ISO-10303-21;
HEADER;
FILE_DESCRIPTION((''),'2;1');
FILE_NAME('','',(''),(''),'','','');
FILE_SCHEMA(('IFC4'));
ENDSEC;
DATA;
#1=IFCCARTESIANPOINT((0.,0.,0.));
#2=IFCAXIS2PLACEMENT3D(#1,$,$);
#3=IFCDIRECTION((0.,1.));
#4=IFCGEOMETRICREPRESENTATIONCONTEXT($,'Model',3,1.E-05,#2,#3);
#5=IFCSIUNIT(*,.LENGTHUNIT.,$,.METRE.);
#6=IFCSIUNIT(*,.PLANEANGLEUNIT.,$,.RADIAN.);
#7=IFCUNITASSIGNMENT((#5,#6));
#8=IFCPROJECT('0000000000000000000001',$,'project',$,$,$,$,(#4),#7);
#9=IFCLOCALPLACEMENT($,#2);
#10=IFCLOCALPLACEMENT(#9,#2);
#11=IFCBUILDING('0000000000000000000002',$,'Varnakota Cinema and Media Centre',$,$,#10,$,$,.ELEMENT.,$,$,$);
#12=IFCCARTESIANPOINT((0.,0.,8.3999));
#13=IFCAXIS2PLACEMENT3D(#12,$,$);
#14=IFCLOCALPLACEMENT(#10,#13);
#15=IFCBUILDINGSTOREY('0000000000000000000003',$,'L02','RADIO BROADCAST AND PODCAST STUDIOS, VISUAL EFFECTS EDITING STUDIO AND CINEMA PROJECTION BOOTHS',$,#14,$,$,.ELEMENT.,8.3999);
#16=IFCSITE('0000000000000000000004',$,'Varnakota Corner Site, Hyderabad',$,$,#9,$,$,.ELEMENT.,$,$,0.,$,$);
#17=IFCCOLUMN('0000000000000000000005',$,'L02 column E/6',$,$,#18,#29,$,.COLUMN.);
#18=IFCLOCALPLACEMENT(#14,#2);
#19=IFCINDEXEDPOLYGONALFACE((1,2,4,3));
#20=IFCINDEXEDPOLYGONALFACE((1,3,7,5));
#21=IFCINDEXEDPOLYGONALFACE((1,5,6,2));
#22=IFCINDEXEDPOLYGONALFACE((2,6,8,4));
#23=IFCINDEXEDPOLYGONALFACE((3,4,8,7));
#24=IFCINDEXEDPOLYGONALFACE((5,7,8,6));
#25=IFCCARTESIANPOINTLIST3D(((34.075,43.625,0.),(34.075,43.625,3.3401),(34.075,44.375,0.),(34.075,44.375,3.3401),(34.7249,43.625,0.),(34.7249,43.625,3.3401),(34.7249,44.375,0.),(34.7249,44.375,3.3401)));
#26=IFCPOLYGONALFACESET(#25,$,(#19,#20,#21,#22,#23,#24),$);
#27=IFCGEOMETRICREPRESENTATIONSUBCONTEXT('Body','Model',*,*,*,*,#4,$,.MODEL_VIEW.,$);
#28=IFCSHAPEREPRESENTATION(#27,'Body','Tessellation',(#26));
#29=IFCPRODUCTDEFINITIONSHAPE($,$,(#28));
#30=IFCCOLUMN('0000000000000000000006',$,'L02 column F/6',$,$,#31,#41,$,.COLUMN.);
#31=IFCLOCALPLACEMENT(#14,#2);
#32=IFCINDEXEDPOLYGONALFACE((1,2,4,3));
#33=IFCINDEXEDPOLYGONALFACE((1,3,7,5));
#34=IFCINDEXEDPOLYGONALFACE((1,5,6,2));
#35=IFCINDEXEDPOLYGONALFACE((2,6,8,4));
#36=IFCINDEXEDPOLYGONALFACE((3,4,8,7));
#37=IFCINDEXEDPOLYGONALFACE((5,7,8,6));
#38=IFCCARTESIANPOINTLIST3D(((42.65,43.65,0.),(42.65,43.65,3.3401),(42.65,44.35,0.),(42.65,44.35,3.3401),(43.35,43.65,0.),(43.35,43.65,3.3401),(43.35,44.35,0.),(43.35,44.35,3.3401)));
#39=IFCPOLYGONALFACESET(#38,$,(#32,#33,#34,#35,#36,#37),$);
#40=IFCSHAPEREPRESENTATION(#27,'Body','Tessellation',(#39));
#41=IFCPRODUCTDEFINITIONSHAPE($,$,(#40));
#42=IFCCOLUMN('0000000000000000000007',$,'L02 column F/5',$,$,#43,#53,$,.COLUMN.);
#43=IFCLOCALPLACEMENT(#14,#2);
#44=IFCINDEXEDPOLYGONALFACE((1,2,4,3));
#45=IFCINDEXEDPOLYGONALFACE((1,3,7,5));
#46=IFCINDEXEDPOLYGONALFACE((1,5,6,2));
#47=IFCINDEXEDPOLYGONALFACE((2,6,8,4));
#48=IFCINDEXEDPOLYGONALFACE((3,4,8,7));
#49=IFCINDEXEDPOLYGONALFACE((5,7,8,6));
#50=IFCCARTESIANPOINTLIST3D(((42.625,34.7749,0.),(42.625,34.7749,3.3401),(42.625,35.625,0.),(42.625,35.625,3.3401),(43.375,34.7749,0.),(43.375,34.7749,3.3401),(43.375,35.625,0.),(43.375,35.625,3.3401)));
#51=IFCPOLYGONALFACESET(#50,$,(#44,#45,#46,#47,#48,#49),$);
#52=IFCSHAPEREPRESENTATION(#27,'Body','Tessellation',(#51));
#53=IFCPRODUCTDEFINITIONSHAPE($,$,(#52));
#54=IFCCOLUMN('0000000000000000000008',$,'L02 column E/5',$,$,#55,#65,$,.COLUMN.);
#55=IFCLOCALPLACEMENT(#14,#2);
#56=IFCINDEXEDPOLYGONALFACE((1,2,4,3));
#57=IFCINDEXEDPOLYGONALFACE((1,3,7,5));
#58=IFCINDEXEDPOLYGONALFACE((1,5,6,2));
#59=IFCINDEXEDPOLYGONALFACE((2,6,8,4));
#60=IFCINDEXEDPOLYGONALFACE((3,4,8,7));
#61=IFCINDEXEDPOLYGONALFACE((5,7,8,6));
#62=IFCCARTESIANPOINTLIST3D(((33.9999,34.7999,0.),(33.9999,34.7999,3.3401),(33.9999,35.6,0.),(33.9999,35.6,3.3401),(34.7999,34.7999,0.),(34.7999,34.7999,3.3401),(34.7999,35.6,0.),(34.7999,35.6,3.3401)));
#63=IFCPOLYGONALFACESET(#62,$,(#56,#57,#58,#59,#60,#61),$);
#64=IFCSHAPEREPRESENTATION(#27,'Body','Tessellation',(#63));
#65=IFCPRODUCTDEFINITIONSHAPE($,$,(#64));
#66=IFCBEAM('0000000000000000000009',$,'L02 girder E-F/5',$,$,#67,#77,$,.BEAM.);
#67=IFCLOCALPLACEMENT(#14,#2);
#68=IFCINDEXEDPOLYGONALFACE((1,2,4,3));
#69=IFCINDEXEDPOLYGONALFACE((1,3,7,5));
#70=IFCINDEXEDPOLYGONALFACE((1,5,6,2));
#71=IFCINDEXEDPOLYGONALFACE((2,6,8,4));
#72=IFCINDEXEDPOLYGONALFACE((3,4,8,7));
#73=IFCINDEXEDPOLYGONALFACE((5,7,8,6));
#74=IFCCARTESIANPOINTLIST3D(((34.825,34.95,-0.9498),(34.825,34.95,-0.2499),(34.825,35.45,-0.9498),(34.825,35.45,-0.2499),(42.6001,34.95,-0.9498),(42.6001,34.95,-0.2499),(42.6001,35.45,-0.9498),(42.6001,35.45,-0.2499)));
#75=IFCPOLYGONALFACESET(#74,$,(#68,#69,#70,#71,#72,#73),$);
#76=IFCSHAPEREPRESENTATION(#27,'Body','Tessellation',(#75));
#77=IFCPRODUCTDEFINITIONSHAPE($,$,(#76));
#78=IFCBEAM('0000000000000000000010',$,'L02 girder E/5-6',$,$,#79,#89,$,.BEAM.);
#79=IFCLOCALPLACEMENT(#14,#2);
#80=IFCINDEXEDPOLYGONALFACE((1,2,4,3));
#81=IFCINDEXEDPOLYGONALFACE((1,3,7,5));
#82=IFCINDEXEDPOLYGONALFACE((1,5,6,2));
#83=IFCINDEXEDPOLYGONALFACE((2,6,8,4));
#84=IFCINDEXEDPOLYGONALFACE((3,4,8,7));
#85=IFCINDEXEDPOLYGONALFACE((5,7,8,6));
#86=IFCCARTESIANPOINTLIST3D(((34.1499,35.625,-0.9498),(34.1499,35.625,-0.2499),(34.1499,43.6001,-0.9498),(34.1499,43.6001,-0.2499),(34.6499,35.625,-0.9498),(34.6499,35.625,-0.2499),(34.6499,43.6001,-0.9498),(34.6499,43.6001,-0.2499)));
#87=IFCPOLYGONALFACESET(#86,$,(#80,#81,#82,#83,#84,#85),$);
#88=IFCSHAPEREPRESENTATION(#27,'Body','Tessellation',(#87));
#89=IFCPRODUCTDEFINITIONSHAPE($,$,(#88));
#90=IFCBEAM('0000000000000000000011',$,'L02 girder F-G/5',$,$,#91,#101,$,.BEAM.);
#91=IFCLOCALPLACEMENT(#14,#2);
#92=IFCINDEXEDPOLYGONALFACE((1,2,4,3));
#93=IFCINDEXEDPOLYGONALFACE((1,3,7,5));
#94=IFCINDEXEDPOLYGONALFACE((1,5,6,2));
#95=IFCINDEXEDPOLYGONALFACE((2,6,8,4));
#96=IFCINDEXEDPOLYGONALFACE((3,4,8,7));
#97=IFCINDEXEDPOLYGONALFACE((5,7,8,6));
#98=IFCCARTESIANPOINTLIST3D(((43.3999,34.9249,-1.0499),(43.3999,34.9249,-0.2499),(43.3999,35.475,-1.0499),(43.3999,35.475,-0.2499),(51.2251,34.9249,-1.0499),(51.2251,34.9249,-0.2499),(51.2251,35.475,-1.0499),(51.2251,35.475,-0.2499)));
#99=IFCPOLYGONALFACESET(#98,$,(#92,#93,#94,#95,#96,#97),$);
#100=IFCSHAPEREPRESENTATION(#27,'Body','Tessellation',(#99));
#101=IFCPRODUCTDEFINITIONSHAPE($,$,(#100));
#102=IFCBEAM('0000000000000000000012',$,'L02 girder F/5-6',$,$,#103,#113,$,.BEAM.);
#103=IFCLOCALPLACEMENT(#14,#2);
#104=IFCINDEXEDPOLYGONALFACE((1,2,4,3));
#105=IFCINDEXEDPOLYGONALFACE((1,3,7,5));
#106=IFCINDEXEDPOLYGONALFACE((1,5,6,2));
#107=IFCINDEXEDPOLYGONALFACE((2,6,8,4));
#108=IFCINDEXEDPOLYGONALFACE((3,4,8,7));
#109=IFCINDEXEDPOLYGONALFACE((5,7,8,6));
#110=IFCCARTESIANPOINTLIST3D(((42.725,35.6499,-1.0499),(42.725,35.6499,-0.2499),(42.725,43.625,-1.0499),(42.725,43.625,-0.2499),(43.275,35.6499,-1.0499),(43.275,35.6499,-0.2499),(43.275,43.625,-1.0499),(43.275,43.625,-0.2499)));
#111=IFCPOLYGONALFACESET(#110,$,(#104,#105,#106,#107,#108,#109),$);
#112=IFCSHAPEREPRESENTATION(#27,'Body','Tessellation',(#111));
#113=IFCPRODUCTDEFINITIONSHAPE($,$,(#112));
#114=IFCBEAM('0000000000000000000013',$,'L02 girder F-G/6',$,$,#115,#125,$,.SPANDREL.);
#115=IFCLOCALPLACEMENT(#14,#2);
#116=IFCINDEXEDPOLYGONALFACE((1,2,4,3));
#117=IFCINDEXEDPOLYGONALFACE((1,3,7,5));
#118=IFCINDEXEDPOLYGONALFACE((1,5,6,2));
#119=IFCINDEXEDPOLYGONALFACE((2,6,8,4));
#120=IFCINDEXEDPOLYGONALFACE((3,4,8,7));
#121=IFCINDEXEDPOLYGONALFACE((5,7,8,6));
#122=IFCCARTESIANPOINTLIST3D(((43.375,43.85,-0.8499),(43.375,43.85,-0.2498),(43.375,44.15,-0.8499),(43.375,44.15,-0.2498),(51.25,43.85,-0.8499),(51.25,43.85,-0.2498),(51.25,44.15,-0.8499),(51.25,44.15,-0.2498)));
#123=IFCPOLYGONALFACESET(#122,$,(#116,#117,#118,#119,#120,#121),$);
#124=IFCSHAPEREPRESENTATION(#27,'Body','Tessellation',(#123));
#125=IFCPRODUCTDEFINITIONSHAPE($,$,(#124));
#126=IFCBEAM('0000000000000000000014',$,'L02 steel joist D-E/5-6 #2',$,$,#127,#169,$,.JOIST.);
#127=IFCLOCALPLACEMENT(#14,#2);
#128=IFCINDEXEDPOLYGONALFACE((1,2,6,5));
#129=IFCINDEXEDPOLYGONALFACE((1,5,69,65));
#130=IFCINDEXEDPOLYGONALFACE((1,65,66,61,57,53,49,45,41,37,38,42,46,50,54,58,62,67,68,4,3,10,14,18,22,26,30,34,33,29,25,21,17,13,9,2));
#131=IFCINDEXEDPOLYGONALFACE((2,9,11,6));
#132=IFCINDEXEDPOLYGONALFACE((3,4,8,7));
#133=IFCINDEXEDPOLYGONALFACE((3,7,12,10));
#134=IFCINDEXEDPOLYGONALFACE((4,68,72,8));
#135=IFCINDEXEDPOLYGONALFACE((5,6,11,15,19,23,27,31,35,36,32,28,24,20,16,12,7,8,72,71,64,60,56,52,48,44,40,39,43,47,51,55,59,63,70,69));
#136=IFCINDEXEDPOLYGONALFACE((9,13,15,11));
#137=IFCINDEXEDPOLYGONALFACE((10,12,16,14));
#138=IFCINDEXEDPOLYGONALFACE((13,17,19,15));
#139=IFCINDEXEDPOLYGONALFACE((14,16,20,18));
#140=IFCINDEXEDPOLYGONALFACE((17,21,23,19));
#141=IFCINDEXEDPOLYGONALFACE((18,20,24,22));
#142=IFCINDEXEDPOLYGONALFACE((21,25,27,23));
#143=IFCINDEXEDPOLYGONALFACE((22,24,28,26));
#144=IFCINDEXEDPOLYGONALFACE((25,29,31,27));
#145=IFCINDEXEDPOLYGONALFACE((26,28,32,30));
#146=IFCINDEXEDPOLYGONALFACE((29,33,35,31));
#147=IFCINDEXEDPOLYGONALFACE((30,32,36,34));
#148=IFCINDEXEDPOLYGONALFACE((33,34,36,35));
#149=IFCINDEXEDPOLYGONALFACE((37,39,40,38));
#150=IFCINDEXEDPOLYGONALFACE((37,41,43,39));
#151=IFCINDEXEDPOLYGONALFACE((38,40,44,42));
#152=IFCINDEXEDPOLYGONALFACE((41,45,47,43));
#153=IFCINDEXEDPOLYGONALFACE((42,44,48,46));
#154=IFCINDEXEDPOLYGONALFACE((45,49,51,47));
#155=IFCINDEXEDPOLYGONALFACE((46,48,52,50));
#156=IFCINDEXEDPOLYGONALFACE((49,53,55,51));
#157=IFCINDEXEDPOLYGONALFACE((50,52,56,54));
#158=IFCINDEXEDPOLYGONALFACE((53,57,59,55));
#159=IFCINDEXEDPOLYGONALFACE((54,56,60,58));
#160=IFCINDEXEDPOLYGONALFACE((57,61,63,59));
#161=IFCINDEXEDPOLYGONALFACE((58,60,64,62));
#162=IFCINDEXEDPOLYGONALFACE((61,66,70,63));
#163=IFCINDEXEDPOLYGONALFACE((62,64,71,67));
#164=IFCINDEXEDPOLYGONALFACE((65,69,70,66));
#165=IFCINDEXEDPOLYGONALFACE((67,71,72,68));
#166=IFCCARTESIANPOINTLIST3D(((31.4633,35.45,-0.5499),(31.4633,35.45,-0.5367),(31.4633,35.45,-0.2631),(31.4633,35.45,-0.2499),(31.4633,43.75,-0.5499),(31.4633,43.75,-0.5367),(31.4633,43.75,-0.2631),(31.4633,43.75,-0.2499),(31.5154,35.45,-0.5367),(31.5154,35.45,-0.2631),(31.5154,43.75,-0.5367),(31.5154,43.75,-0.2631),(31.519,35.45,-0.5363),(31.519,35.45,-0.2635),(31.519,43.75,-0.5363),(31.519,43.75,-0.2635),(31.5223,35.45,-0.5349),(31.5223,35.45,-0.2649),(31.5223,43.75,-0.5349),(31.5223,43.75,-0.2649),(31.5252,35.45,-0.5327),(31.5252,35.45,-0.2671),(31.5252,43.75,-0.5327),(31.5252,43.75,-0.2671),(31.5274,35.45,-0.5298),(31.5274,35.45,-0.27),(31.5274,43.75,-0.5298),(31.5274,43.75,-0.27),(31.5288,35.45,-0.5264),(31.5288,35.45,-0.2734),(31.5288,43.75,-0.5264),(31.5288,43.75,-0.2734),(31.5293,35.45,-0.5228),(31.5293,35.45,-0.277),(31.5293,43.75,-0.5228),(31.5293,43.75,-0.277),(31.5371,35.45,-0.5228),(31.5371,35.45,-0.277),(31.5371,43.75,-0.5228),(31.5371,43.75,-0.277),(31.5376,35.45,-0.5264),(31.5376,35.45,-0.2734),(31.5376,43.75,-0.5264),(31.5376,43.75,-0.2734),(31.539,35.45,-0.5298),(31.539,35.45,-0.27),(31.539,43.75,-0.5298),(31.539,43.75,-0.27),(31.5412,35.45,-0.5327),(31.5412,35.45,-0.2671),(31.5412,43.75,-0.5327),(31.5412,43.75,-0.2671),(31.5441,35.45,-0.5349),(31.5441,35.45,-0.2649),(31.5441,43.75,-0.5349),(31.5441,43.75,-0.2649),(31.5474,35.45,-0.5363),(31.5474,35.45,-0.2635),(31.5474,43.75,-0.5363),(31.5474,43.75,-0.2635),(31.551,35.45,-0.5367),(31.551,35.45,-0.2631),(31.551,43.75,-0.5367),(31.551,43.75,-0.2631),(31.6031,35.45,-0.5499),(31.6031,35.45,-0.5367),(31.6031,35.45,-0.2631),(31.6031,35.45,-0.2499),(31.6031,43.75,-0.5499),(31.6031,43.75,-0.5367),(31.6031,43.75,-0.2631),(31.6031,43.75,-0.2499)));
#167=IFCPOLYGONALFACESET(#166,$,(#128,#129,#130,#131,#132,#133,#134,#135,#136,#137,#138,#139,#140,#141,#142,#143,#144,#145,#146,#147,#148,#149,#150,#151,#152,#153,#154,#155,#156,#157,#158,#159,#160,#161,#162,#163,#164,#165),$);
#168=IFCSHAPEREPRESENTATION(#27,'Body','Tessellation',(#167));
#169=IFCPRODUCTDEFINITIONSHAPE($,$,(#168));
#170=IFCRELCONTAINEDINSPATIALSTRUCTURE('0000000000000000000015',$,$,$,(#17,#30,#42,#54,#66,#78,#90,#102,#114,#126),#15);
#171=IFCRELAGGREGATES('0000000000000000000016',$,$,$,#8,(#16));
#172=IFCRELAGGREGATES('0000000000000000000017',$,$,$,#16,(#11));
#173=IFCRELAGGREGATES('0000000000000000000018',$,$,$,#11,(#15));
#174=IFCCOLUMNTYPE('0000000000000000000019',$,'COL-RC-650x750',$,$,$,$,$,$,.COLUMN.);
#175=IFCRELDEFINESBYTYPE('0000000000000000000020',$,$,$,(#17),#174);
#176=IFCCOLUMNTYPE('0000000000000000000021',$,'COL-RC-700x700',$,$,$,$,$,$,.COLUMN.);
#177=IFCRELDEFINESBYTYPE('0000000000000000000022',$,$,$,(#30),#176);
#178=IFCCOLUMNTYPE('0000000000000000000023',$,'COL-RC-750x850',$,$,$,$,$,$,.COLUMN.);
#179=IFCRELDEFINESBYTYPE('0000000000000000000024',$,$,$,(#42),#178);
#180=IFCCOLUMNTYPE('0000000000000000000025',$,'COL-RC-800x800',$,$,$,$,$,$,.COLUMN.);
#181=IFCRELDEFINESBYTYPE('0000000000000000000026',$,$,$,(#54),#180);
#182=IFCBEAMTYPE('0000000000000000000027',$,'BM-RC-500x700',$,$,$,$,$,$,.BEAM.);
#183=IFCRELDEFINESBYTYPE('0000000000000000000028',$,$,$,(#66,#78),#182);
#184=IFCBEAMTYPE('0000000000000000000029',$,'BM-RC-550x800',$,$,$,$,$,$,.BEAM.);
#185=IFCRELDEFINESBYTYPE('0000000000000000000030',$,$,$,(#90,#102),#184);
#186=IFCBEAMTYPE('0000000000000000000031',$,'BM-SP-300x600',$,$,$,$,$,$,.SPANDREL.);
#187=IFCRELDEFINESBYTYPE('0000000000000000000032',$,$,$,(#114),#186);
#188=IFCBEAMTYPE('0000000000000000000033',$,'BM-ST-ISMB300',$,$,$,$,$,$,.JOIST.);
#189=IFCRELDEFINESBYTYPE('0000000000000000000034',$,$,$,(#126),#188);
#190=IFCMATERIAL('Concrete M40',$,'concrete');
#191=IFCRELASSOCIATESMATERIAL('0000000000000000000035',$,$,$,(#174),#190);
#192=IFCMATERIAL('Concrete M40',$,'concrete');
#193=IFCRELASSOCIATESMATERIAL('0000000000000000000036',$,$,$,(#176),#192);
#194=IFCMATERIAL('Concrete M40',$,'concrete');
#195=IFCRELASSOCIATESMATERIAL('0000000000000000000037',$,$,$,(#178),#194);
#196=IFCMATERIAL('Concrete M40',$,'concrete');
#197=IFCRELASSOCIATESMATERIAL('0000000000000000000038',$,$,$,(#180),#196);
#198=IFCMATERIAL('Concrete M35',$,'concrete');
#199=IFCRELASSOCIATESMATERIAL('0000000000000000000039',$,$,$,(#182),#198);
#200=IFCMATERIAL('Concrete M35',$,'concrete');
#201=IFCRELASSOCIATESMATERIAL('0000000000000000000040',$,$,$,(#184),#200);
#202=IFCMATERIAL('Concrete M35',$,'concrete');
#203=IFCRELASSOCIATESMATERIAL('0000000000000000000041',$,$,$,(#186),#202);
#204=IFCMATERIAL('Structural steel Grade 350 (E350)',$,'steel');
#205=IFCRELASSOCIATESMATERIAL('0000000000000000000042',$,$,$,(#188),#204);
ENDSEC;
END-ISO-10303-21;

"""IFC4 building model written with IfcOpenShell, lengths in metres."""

from ifc_helpers import new_model, si_unit, direction, frame, origin, origin_2d, place, context, subcontext, project, spatial, rectangle, i_section, extrude, material, material_profile, profile_set, type_object, element, save


model = new_model("IFC4")

# Units and contexts
model_context = context("Model", 3, precision=1e-05, world=origin(), true_north=direction((0.0, 1.0)))
body_context = subcontext(model_context, "Body", "Model", "MODEL_VIEW")
ifc_project = project(units=[si_unit("LENGTHUNIT", "METRE"), si_unit("PLANEANGLEUNIT", "RADIAN")], contexts=[model_context])

# Site, building, storey
site_placement = place(None, origin())
site = spatial("IfcSite", under=ifc_project, at=site_placement, Name="Varnakota Corner Site, Hyderabad", CompositionType="ELEMENT", RefElevation=0.0)
building_placement = place(site_placement, origin())
building = spatial("IfcBuilding", under=site, at=building_placement, Name="Varnakota Cinema and Media Centre", CompositionType="ELEMENT")
storey_placement = place(building_placement, frame((0.0, 0.0, 8.3999)))
storey = spatial("IfcBuildingStorey", under=building, at=storey_placement, Name="L02", Description="RADIO BROADCAST AND PODCAST STUDIOS, VISUAL EFFECTS EDITING STUDIO AND CINEMA PROJECTION BOOTHS", CompositionType="ELEMENT", Elevation=8.3999)

# Columns
ifc_material_1 = material(Name="Concrete M40", Category="concrete")
ifc_material_profile_1 = material_profile(ifc_material_1, rectangle(XDim=0.6499, YDim=0.75, at=origin_2d()), Name="RC 650x750")
ifc_profile_set_1 = profile_set([ifc_material_profile_1], Name="Concrete M40")
column_type_1 = type_object("IfcColumnType", Name="COL-RC-650x750", PredefinedType="COLUMN", material=ifc_profile_set_1)
column_1_placement = place(storey_placement, frame((34.3999, 44.0, 0.0), z_axis=(0.0, 0.0, 1.0), x_axis=(1.0, 0.0, 0.0)))
element("IfcColumn", 1, at=column_1_placement, inside=storey, type_object=column_type_1, Name="L02 column E/6", PredefinedType="COLUMN", context=body_context, shape_type="SweptSolid", body=[
    extrude(rectangle(XDim=0.6499, YDim=0.75, at=origin_2d()), origin(), (0.0, 0.0, 1.0), 3.3401),
])
ifc_material_2 = material(Name="Concrete M40", Category="concrete")
ifc_material_profile_2 = material_profile(ifc_material_2, rectangle(XDim=0.7, YDim=0.7, at=origin_2d()), Name="RC 700x700")
ifc_profile_set_2 = profile_set([ifc_material_profile_2], Name="Concrete M40")
column_type_2 = type_object("IfcColumnType", Name="COL-RC-700x700", PredefinedType="COLUMN", material=ifc_profile_set_2)
column_2_placement = place(storey_placement, frame((43.0, 44.0, 0.0), z_axis=(0.0, 0.0, 1.0), x_axis=(1.0, 0.0, 0.0)))
element("IfcColumn", 2, at=column_2_placement, inside=storey, type_object=column_type_2, Name="L02 column F/6", PredefinedType="COLUMN", context=body_context, shape_type="SweptSolid", body=[
    extrude(rectangle(XDim=0.7, YDim=0.7, at=origin_2d()), origin(), (0.0, 0.0, 1.0), 3.3401),
])
ifc_material_3 = material(Name="Concrete M40", Category="concrete")
ifc_material_profile_3 = material_profile(ifc_material_3, rectangle(XDim=0.75, YDim=0.8501, at=origin_2d()), Name="RC 750x850")
ifc_profile_set_3 = profile_set([ifc_material_profile_3], Name="Concrete M40")
column_type_3 = type_object("IfcColumnType", Name="COL-RC-750x850", PredefinedType="COLUMN", material=ifc_profile_set_3)
column_3_placement = place(storey_placement, frame((43.0, 35.2, 0.0), z_axis=(0.0, 0.0, 1.0), x_axis=(1.0, 0.0, 0.0)))
element("IfcColumn", 3, at=column_3_placement, inside=storey, type_object=column_type_3, Name="L02 column F/5", PredefinedType="COLUMN", context=body_context, shape_type="SweptSolid", body=[
    extrude(rectangle(XDim=0.75, YDim=0.8501, at=origin_2d()), origin(), (0.0, 0.0, 1.0), 3.3401),
])
ifc_material_4 = material(Name="Concrete M40", Category="concrete")
ifc_material_profile_4 = material_profile(ifc_material_4, rectangle(XDim=0.8, YDim=0.8, at=origin_2d()), Name="RC 800x800")
ifc_profile_set_4 = profile_set([ifc_material_profile_4], Name="Concrete M40")
column_type_4 = type_object("IfcColumnType", Name="COL-RC-800x800", PredefinedType="COLUMN", material=ifc_profile_set_4)
column_4_placement = place(storey_placement, frame((34.3999, 35.2, 0.0), z_axis=(0.0, 0.0, 1.0), x_axis=(1.0, 0.0, 0.0)))
element("IfcColumn", 4, at=column_4_placement, inside=storey, type_object=column_type_4, Name="L02 column E/5", PredefinedType="COLUMN", context=body_context, shape_type="SweptSolid", body=[
    extrude(rectangle(XDim=0.8, YDim=0.8, at=origin_2d()), origin(), (0.0, 0.0, 1.0), 3.3401),
])

# Beams
ifc_material_5 = material(Name="Concrete M35", Category="concrete")
ifc_material_profile_5 = material_profile(ifc_material_5, rectangle(XDim=0.5, YDim=0.7, at=origin_2d()), Name="RCB 500x700")
ifc_profile_set_5 = profile_set([ifc_material_profile_5], Name="Concrete M35")
beam_type_1 = type_object("IfcBeamType", Name="BM-RC-500x700", PredefinedType="BEAM", material=ifc_profile_set_5)
beam_1_placement = place(storey_placement, frame((34.825, 35.2, -0.5999), z_axis=(1.0, 0.0, 0.0), x_axis=(0.0, 1.0, 0.0)))
element("IfcBeam", 5, at=beam_1_placement, inside=storey, type_object=beam_type_1, Name="L02 girder E-F/5", PredefinedType="BEAM", context=body_context, shape_type="SweptSolid", body=[
    extrude(rectangle(XDim=0.5, YDim=0.7, at=origin_2d()), origin(), (0.0, 0.0, 1.0), 7.7751),
])
beam_2_placement = place(storey_placement, frame((34.3999, 35.625, -0.5999), z_axis=(0.0, 1.0, 0.0), x_axis=(-1.0, 0.0, 0.0)))
element("IfcBeam", 6, at=beam_2_placement, inside=storey, type_object=beam_type_1, Name="L02 girder E/5-6", PredefinedType="BEAM", context=body_context, shape_type="SweptSolid", body=[
    extrude(rectangle(XDim=0.5, YDim=0.7, at=origin_2d()), origin(), (0.0, 0.0, 1.0), 7.9751),
])
ifc_material_6 = material(Name="Concrete M35", Category="concrete")
ifc_material_profile_6 = material_profile(ifc_material_6, rectangle(XDim=0.55, YDim=0.8, at=origin_2d()), Name="RCB 550x800")
ifc_profile_set_6 = profile_set([ifc_material_profile_6], Name="Concrete M35")
beam_type_2 = type_object("IfcBeamType", Name="BM-RC-550x800", PredefinedType="BEAM", material=ifc_profile_set_6)
beam_3_placement = place(storey_placement, frame((43.3999, 35.2, -0.6499), z_axis=(1.0, 0.0, 0.0), x_axis=(0.0, 1.0, 0.0)))
element("IfcBeam", 7, at=beam_3_placement, inside=storey, type_object=beam_type_2, Name="L02 girder F-G/5", PredefinedType="BEAM", context=body_context, shape_type="SweptSolid", body=[
    extrude(rectangle(XDim=0.55, YDim=0.8, at=origin_2d()), origin(), (0.0, 0.0, 1.0), 7.8252),
])
beam_4_placement = place(storey_placement, frame((43.0, 35.6499, -0.6499), z_axis=(0.0, 1.0, 0.0), x_axis=(-1.0, 0.0, 0.0)))
element("IfcBeam", 8, at=beam_4_placement, inside=storey, type_object=beam_type_2, Name="L02 girder F/5-6", PredefinedType="BEAM", context=body_context, shape_type="SweptSolid", body=[
    extrude(rectangle(XDim=0.55, YDim=0.8, at=origin_2d()), origin(), (0.0, 0.0, 1.0), 7.9751),
])
ifc_material_7 = material(Name="Concrete M35", Category="concrete")
ifc_material_profile_7 = material_profile(ifc_material_7, rectangle(XDim=0.3, YDim=0.6001, at=origin_2d()), Name="RCB 300x600")
ifc_profile_set_7 = profile_set([ifc_material_profile_7], Name="Concrete M35")
beam_type_3 = type_object("IfcBeamType", Name="BM-SP-300x600", PredefinedType="SPANDREL", material=ifc_profile_set_7)
beam_5_placement = place(storey_placement, frame((43.375, 44.0, -0.5498), z_axis=(1.0, 0.0, 0.0), x_axis=(0.0, 1.0, 0.0)))
element("IfcBeam", 9, at=beam_5_placement, inside=storey, type_object=beam_type_3, Name="L02 girder F-G/6", PredefinedType="SPANDREL", context=body_context, shape_type="SweptSolid", body=[
    extrude(rectangle(XDim=0.3, YDim=0.6001, at=origin_2d()), origin(), (0.0, 0.0, 1.0), 7.875),
])
ifc_material_8 = material(Name="Structural steel Grade 350 (E350)", Category="steel")
ifc_material_profile_8 = material_profile(ifc_material_8, i_section(OverallWidth=0.1399, OverallDepth=0.3, WebThickness=0.0078, FlangeThickness=0.0132, FilletRadius=0.0139, at=origin_2d()), Name="ISMB 300")
ifc_profile_set_8 = profile_set([ifc_material_profile_8], Name="Structural steel Grade 350 (E350)")
beam_type_4 = type_object("IfcBeamType", Name="BM-ST-ISMB300", PredefinedType="JOIST", material=ifc_profile_set_8)
beam_6_placement = place(storey_placement, frame((31.5332, 35.45, -0.3999), z_axis=(0.0, 1.0, 0.0), x_axis=(-1.0, 0.0, 0.0)))
element("IfcBeam", 10, at=beam_6_placement, inside=storey, type_object=beam_type_4, Name="L02 steel joist D-E/5-6 #2", PredefinedType="JOIST", context=body_context, shape_type="SweptSolid", body=[
    extrude(i_section(OverallWidth=0.1399, OverallDepth=0.3, WebThickness=0.0078, FlangeThickness=0.0132, FilletRadius=0.0139, at=origin_2d()), origin(), (0.0, 0.0, 1.0), 8.3),
])

save(model, "model.ifc")
